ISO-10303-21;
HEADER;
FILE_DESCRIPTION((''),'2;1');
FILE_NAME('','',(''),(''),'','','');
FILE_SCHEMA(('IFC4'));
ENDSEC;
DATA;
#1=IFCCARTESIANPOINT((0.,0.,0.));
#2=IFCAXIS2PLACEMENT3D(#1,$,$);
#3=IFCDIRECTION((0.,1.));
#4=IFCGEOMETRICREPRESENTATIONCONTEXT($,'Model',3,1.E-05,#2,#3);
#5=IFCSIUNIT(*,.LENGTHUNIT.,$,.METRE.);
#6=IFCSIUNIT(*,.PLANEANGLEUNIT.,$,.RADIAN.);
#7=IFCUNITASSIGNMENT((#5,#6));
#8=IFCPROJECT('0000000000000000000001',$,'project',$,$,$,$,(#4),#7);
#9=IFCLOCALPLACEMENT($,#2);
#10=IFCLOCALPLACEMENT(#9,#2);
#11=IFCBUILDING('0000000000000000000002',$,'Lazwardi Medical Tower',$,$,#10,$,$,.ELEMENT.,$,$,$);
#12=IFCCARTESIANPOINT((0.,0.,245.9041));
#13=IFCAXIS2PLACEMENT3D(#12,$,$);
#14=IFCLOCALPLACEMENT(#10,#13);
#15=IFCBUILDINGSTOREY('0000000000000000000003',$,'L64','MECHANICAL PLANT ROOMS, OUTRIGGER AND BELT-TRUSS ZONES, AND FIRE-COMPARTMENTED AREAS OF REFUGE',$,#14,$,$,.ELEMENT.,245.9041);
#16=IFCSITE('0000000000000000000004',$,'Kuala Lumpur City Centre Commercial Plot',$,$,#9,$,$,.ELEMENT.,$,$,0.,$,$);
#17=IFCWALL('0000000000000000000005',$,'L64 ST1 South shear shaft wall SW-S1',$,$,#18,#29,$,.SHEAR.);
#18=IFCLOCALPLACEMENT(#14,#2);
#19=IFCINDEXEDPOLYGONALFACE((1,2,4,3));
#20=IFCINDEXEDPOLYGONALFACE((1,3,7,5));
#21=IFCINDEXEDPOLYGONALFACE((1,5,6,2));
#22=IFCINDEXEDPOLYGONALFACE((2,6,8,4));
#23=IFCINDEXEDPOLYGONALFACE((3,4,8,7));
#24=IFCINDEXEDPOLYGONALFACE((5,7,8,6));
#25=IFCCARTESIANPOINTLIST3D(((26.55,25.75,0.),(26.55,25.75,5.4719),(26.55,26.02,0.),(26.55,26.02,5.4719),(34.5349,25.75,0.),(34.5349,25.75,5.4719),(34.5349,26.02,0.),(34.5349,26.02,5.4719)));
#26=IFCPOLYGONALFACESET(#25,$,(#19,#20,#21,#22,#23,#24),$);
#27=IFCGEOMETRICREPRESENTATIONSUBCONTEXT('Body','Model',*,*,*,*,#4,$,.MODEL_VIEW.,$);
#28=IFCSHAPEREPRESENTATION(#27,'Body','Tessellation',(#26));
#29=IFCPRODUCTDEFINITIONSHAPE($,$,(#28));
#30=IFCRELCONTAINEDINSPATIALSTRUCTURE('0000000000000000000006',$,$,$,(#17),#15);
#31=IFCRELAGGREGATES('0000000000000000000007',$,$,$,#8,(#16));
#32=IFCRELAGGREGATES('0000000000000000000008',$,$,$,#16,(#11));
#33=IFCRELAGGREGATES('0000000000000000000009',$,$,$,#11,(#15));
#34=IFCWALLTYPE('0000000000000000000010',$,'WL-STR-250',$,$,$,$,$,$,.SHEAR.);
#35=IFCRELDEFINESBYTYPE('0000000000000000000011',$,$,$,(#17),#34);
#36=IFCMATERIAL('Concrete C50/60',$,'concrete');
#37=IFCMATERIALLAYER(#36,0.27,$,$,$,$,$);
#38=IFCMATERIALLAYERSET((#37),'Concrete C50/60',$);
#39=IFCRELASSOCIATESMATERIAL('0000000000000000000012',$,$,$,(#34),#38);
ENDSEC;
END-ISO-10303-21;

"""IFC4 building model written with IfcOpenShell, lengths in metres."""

from ifc_helpers import new_model, si_unit, direction, frame, frame_2d, origin, place, context, subcontext, project, spatial, rectangle, extrude, material, layer, layer_set, type_object, element, save


model = new_model("IFC4")

# Units and contexts
model_context = context("Model", 3, precision=1e-05, world=origin(), true_north=direction((0.0, 1.0)))
body_context = subcontext(model_context, "Body", "Model", "MODEL_VIEW")
ifc_project = project(units=[si_unit("LENGTHUNIT", "METRE"), si_unit("PLANEANGLEUNIT", "RADIAN")], contexts=[model_context])

# Site, building, storey
site_placement = place(None, origin())
site = spatial("IfcSite", under=ifc_project, at=site_placement, Name="Kuala Lumpur City Centre Commercial Plot", CompositionType="ELEMENT", RefElevation=0.0)
building_placement = place(site_placement, origin())
building = spatial("IfcBuilding", under=site, at=building_placement, Name="Lazwardi Medical Tower", CompositionType="ELEMENT")
storey_placement = place(building_placement, frame((0.0, 0.0, 245.9041)))
storey = spatial("IfcBuildingStorey", under=building, at=storey_placement, Name="L64", Description="MECHANICAL PLANT ROOMS, OUTRIGGER AND BELT-TRUSS ZONES, AND FIRE-COMPARTMENTED AREAS OF REFUGE", CompositionType="ELEMENT", Elevation=245.9041)

# Wall
ifc_material_1 = material(Name="Concrete C50/60", Category="concrete")
ifc_layer_1 = layer(ifc_material_1, 0.27)
ifc_layer_set_1 = layer_set([ifc_layer_1], Name="Concrete C50/60")
wall_type_1 = type_object("IfcWallType", Name="WL-STR-250", PredefinedType="SHEAR", material=ifc_layer_set_1)
wall_1_placement = place(storey_placement, frame((26.55, 25.885, 0.0), z_axis=(0.0, 0.0, 1.0), x_axis=(1.0, 0.0, 0.0)))
element("IfcWall", 1, at=wall_1_placement, inside=storey, type_object=wall_type_1, Name="L64 ST1 South shear shaft wall SW-S1", PredefinedType="SHEAR", context=body_context, shape_type="SweptSolid", body=[
    extrude(rectangle(XDim=7.9849, YDim=0.27, at=frame_2d((3.9924, 0.0))), origin(), (0.0, 0.0, 1.0), 5.4719),
])

save(model, "model.ifc")
